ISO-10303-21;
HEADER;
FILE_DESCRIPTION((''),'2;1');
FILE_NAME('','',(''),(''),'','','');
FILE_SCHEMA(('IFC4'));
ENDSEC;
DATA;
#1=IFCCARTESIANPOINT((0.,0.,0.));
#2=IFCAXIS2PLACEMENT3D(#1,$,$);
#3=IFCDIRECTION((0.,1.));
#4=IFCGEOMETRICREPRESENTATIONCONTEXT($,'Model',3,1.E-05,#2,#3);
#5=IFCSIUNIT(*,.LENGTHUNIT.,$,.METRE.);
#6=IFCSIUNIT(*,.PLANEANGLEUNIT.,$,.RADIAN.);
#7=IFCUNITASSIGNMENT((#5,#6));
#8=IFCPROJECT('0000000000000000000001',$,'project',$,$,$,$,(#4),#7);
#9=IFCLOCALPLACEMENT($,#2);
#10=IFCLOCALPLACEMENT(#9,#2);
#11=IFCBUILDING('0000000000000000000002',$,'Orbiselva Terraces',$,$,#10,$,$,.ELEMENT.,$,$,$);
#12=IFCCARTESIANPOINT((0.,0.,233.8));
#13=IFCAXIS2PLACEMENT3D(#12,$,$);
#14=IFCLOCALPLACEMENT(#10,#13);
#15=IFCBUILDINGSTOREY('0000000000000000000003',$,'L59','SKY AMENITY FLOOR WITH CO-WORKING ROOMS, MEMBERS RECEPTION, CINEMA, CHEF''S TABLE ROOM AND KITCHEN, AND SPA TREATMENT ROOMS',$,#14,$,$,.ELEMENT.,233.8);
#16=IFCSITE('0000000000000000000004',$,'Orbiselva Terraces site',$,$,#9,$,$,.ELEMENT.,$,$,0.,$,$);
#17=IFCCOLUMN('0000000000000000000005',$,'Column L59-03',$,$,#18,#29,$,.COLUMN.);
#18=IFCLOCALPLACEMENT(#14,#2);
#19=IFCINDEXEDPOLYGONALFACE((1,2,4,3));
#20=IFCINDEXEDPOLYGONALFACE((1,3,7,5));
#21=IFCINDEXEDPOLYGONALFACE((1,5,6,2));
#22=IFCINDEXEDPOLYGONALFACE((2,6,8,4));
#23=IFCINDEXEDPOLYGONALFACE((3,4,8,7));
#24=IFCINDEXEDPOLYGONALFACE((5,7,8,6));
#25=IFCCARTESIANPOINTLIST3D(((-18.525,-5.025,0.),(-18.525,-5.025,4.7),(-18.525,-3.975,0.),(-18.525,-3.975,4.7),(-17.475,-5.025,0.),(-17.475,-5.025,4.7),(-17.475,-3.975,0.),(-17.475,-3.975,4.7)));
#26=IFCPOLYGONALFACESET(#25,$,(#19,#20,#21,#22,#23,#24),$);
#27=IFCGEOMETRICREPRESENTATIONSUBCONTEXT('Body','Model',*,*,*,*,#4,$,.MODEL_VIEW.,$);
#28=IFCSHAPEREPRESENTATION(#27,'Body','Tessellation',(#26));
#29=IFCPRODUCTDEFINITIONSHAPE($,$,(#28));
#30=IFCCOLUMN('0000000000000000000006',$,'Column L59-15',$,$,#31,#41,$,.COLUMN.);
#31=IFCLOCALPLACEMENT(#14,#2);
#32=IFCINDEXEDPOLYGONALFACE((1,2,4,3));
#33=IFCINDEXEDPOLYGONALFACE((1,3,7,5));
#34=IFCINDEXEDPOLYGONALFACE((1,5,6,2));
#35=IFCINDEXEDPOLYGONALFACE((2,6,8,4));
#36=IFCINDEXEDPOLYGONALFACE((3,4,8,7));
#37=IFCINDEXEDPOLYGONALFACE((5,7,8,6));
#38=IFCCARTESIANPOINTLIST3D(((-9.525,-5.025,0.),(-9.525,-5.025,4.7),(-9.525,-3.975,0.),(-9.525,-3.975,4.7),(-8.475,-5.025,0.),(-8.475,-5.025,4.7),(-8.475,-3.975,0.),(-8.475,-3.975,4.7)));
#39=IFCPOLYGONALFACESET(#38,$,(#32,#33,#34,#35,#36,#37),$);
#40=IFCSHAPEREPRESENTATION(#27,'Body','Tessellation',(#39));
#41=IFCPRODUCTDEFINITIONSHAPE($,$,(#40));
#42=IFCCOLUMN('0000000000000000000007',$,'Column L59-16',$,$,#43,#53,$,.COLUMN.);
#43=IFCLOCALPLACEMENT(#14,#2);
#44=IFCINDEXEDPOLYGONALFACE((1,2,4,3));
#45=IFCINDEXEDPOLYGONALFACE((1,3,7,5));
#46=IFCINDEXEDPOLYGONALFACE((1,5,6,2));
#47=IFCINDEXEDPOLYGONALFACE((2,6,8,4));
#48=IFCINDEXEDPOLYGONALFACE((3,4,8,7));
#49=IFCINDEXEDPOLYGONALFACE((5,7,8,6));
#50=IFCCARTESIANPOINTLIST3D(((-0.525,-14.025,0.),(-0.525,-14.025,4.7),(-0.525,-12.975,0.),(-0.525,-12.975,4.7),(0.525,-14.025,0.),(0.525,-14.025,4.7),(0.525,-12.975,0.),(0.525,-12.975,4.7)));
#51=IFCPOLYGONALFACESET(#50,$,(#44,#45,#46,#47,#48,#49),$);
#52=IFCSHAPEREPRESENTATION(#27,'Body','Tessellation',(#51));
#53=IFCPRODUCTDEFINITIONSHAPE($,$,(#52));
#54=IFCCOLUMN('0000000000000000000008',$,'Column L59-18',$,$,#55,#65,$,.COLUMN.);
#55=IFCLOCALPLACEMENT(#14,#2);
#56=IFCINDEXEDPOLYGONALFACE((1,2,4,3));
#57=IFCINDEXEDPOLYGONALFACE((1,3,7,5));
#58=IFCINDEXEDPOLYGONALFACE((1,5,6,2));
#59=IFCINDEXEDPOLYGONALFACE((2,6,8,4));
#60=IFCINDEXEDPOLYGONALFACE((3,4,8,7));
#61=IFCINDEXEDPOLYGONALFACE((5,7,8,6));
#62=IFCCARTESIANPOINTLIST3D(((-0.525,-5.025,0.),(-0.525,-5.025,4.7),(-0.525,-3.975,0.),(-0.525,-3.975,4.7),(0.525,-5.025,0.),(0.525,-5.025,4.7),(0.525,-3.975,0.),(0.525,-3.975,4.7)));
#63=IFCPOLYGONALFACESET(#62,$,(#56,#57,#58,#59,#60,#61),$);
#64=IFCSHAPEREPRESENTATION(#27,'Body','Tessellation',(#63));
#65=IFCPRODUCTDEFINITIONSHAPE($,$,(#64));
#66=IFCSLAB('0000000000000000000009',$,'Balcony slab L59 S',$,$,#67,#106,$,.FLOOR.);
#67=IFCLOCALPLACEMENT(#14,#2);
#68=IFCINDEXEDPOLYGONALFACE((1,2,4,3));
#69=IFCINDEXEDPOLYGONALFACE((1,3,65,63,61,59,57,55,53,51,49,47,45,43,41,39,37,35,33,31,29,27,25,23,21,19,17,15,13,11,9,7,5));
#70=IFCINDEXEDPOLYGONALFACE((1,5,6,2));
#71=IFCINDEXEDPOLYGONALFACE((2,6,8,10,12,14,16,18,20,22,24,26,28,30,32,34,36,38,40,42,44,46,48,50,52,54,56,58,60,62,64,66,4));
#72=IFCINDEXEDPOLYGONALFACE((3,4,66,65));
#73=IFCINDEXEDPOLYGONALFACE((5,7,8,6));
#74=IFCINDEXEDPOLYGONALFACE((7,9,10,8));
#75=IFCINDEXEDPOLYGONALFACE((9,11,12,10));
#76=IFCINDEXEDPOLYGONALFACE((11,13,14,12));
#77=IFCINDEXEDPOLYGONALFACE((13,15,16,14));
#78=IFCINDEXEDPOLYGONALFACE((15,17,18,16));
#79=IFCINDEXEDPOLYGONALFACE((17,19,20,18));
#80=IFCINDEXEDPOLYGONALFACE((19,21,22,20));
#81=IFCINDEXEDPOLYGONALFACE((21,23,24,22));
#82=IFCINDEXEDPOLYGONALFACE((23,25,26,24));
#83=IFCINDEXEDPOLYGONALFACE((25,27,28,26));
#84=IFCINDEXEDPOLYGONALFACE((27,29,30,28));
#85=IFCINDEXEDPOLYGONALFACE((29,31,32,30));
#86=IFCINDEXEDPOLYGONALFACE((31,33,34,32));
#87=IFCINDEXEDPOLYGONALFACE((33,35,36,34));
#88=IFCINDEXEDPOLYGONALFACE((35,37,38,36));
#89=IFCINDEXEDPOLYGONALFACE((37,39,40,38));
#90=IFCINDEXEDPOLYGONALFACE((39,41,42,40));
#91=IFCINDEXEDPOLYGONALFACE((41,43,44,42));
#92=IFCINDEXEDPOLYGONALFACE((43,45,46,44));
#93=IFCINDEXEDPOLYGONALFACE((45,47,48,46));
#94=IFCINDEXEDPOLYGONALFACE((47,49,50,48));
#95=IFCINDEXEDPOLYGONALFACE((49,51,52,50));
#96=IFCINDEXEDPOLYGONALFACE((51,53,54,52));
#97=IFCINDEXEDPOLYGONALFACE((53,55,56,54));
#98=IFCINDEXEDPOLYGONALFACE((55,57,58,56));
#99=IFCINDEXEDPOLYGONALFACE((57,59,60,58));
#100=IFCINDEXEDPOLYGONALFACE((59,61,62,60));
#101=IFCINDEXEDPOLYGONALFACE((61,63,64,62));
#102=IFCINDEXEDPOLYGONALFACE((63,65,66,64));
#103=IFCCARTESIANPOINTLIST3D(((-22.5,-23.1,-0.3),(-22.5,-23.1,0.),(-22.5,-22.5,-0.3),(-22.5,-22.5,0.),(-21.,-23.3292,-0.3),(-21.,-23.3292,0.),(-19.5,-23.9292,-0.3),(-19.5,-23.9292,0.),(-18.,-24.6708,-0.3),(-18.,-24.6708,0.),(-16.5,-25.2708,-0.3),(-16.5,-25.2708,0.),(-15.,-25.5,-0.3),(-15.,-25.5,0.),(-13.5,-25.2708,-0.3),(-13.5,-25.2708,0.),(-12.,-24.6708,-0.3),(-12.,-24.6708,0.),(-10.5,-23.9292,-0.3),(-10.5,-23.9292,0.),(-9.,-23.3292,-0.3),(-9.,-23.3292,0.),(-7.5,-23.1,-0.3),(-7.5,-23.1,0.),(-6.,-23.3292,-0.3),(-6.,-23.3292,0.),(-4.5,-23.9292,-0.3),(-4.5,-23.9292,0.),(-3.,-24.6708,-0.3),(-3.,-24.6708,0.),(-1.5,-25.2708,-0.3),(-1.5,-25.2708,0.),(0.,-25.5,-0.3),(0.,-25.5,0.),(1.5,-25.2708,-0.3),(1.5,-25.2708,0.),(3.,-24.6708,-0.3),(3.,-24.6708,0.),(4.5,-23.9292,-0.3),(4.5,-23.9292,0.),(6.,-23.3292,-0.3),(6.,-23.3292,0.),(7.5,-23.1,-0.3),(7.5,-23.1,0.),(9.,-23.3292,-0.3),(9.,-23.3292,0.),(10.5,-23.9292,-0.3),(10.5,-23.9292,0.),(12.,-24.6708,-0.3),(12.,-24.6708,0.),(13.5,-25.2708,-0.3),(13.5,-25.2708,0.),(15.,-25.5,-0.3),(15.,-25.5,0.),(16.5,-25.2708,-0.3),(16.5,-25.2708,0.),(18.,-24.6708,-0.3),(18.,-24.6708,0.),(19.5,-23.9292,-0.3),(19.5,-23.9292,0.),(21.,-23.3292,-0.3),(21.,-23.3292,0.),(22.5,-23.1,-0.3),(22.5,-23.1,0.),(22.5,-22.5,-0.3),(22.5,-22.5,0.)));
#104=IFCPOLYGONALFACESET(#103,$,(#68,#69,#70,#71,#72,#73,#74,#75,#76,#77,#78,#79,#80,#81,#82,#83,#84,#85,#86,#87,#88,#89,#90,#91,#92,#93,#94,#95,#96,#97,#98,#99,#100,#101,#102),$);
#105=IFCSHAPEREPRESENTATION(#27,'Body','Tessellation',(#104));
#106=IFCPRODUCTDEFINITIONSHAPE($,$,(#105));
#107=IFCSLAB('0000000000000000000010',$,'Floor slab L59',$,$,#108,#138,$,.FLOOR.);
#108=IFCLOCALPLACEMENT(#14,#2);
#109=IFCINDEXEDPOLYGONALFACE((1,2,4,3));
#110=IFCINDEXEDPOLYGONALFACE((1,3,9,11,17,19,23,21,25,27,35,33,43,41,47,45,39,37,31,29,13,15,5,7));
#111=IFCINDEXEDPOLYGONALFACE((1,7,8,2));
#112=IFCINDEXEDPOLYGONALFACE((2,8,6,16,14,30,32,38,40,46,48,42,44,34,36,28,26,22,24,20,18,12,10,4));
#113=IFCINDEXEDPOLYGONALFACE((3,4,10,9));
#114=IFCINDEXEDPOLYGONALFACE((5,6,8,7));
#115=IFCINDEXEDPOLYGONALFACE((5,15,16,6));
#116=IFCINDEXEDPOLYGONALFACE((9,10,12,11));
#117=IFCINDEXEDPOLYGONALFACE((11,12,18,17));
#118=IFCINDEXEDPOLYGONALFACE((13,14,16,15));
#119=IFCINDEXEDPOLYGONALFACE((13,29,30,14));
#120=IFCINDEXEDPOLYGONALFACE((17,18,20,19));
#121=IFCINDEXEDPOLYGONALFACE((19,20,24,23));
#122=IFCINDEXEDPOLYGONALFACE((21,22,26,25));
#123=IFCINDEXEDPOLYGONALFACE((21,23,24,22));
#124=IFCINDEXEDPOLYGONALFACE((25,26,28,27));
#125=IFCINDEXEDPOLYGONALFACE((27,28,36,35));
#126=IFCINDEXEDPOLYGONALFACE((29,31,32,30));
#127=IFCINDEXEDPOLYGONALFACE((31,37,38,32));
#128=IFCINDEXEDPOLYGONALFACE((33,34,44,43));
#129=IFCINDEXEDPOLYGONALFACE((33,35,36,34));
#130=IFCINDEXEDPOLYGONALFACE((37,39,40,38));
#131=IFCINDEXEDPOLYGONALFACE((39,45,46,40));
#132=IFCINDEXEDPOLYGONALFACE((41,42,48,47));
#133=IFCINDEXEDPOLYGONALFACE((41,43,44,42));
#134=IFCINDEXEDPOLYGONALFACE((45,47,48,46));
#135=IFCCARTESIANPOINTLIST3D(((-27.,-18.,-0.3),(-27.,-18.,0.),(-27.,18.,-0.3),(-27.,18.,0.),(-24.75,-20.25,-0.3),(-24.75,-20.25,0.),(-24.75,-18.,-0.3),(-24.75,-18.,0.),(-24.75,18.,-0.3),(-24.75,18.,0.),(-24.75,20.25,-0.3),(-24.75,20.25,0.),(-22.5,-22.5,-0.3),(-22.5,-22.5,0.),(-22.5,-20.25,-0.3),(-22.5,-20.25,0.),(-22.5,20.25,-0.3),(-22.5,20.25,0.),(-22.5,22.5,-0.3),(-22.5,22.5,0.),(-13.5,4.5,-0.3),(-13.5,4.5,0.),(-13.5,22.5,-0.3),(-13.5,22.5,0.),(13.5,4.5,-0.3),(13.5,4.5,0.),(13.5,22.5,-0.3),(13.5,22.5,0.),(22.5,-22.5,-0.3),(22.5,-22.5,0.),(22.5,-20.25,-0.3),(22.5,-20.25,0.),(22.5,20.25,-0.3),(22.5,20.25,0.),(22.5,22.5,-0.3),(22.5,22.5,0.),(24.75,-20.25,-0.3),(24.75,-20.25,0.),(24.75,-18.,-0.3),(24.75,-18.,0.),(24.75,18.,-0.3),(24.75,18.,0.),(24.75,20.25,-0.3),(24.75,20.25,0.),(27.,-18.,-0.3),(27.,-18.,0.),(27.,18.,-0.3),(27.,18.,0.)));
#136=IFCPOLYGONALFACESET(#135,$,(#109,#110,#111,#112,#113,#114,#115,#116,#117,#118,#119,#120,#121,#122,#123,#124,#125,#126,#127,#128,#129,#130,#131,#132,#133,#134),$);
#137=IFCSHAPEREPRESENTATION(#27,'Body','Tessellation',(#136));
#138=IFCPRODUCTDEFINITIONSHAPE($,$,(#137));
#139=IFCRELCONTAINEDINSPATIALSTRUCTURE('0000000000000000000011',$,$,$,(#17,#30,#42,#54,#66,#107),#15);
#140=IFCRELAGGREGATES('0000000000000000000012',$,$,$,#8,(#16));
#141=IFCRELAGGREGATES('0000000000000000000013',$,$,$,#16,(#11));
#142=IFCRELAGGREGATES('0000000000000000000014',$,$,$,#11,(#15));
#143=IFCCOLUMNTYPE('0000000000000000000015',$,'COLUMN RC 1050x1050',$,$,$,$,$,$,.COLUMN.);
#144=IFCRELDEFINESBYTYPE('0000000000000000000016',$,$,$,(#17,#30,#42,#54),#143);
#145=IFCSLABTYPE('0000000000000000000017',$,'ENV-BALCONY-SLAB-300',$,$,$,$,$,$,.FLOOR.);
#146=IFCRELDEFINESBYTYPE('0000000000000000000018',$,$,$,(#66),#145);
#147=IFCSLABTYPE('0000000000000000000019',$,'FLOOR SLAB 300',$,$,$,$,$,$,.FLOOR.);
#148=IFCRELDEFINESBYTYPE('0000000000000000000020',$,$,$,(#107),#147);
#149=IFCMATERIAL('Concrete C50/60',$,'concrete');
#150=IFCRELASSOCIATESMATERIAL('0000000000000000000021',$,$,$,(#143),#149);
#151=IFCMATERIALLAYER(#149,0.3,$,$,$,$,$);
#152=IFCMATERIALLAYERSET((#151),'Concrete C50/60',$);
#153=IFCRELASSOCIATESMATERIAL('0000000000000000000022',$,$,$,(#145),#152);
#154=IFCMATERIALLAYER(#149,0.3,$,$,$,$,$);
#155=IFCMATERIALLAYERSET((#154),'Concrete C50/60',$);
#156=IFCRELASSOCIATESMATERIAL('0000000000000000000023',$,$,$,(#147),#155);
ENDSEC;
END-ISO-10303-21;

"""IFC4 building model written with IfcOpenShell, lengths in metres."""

from ifc_helpers import new_model, si_unit, direction, frame, origin, origin_2d, place, context, subcontext, project, spatial, polyline, rectangle, outline, extrude, material, layer, layer_set, material_profile, profile_set, type_object, element, save


model = new_model("IFC4")

# Units and contexts
model_context = context("Model", 3, precision=1e-05, world=origin(), true_north=direction((0.0, 1.0)))
body_context = subcontext(model_context, "Body", "Model", "MODEL_VIEW")
ifc_project = project(units=[si_unit("LENGTHUNIT", "METRE"), si_unit("PLANEANGLEUNIT", "RADIAN")], contexts=[model_context])

# Site, building, storey
site_placement = place(None, origin())
site = spatial("IfcSite", under=ifc_project, at=site_placement, Name="Orbiselva Terraces site", CompositionType="ELEMENT", RefElevation=0.0)
building_placement = place(site_placement, origin())
building = spatial("IfcBuilding", under=site, at=building_placement, Name="Orbiselva Terraces", CompositionType="ELEMENT")
storey_placement = place(building_placement, frame((0.0, 0.0, 233.8)))
storey = spatial("IfcBuildingStorey", under=building, at=storey_placement, Name="L59", Description="SKY AMENITY FLOOR WITH CO-WORKING ROOMS, MEMBERS RECEPTION, CINEMA, CHEF'S TABLE ROOM AND KITCHEN, AND SPA TREATMENT ROOMS", CompositionType="ELEMENT", Elevation=233.8)

# Columns
ifc_material_1 = material(Name="Concrete C50/60", Category="concrete")
ifc_material_profile = material_profile(ifc_material_1, rectangle(XDim=1.05, YDim=1.05, at=origin_2d()), Name="RC 1050x1050")
ifc_profile_set = profile_set([ifc_material_profile], Name="Concrete C50/60")
column_type = type_object("IfcColumnType", Name="COLUMN RC 1050x1050", PredefinedType="COLUMN", material=ifc_profile_set)
for number, where, z_axis, x_axis, name in (
    (1, (-18.0, -4.5, 0.0), (0.0, 0.0, 1.0), (1.0, 0.0, 0.0), "Column L59-03"),
    (2, (-9.0, -4.5, 0.0), (0.0, 0.0, 1.0), (1.0, 0.0, 0.0), "Column L59-15"),
    (3, (0.0, -13.5, 0.0), (0.0, 0.0, 1.0), (1.0, 0.0, 0.0), "Column L59-16"),
    (4, (0.0, -4.5, 0.0), (0.0, 0.0, 1.0), (1.0, 0.0, 0.0), "Column L59-18"),
):
    element("IfcColumn", number, at=place(storey_placement, frame(where, z_axis=z_axis, x_axis=x_axis)), inside=storey, type_object=column_type, Name=name, PredefinedType="COLUMN", context=body_context, shape_type="SweptSolid", body=[
        extrude(rectangle(XDim=1.05, YDim=1.05, at=origin_2d()), origin(), (0.0, 0.0, 1.0), 4.7),
    ])

# Slabs
ifc_layer_1 = layer(ifc_material_1, 0.3)
ifc_layer_set_1 = layer_set([ifc_layer_1], Name="Concrete C50/60")
slab_type_1 = type_object("IfcSlabType", Name="ENV-BALCONY-SLAB-300", PredefinedType="FLOOR", material=ifc_layer_set_1)
slab_1_placement = place(storey_placement, frame((0.0, 0.0, -0.3)))
element("IfcSlab", 5, at=slab_1_placement, inside=storey, type_object=slab_type_1, Name="Balcony slab L59 S", PredefinedType="FLOOR", context=body_context, shape_type="SweptSolid", body=[
    extrude(outline(polyline([(-22.5, -23.1), (-21.0, -23.3292), (-19.5, -23.9292), (-18.0, -24.6708), (-16.5, -25.2708), (-15.0, -25.5), (-13.5, -25.2708), (-12.0, -24.6708), (-10.5, -23.9292), (-9.0, -23.3292), (-7.5, -23.1), (-6.0, -23.3292), (-4.5, -23.9292), (-3.0, -24.6708), (-1.5, -25.2708), (0.0, -25.5), (1.5, -25.2708), (3.0, -24.6708), (4.5, -23.9292), (6.0, -23.3292), (7.5, -23.1), (9.0, -23.3292), (10.5, -23.9292), (12.0, -24.6708), (13.5, -25.2708), (15.0, -25.5), (16.5, -25.2708), (18.0, -24.6708), (19.5, -23.9292), (21.0, -23.3292), (22.5, -23.1), (22.5, -22.5), (-22.5, -22.5), (-22.5, -23.1)])), origin(), (0.0, 0.0, 1.0), 0.3),
])
ifc_layer_2 = layer(ifc_material_1, 0.3)
ifc_layer_set_2 = layer_set([ifc_layer_2], Name="Concrete C50/60")
slab_type_2 = type_object("IfcSlabType", Name="FLOOR SLAB 300", PredefinedType="FLOOR", material=ifc_layer_set_2)
slab_2_placement = place(storey_placement, frame((0.0, 0.0, -0.3)))
element("IfcSlab", 6, at=slab_2_placement, inside=storey, type_object=slab_type_2, Name="Floor slab L59", PredefinedType="FLOOR", context=body_context, shape_type="SweptSolid", body=[
    extrude(outline(polyline([(22.5, 22.5), (22.5, 20.25), (24.75, 20.25), (24.75, 18.0), (27.0, 18.0), (27.0, -18.0), (24.75, -18.0), (24.75, -20.25), (22.5, -20.25), (22.5, -22.5), (-22.5, -22.5), (-22.5, -20.25), (-24.75, -20.25), (-24.75, -18.0), (-27.0, -18.0), (-27.0, 18.0), (-24.75, 18.0), (-24.75, 20.25), (-22.5, 20.25), (-22.5, 22.5), (-13.5, 22.5), (-13.5, 4.5), (13.5, 4.5), (13.5, 22.5), (22.5, 22.5)])), origin(), (0.0, 0.0, 1.0), 0.3),
])

save(model, "model.ifc")
